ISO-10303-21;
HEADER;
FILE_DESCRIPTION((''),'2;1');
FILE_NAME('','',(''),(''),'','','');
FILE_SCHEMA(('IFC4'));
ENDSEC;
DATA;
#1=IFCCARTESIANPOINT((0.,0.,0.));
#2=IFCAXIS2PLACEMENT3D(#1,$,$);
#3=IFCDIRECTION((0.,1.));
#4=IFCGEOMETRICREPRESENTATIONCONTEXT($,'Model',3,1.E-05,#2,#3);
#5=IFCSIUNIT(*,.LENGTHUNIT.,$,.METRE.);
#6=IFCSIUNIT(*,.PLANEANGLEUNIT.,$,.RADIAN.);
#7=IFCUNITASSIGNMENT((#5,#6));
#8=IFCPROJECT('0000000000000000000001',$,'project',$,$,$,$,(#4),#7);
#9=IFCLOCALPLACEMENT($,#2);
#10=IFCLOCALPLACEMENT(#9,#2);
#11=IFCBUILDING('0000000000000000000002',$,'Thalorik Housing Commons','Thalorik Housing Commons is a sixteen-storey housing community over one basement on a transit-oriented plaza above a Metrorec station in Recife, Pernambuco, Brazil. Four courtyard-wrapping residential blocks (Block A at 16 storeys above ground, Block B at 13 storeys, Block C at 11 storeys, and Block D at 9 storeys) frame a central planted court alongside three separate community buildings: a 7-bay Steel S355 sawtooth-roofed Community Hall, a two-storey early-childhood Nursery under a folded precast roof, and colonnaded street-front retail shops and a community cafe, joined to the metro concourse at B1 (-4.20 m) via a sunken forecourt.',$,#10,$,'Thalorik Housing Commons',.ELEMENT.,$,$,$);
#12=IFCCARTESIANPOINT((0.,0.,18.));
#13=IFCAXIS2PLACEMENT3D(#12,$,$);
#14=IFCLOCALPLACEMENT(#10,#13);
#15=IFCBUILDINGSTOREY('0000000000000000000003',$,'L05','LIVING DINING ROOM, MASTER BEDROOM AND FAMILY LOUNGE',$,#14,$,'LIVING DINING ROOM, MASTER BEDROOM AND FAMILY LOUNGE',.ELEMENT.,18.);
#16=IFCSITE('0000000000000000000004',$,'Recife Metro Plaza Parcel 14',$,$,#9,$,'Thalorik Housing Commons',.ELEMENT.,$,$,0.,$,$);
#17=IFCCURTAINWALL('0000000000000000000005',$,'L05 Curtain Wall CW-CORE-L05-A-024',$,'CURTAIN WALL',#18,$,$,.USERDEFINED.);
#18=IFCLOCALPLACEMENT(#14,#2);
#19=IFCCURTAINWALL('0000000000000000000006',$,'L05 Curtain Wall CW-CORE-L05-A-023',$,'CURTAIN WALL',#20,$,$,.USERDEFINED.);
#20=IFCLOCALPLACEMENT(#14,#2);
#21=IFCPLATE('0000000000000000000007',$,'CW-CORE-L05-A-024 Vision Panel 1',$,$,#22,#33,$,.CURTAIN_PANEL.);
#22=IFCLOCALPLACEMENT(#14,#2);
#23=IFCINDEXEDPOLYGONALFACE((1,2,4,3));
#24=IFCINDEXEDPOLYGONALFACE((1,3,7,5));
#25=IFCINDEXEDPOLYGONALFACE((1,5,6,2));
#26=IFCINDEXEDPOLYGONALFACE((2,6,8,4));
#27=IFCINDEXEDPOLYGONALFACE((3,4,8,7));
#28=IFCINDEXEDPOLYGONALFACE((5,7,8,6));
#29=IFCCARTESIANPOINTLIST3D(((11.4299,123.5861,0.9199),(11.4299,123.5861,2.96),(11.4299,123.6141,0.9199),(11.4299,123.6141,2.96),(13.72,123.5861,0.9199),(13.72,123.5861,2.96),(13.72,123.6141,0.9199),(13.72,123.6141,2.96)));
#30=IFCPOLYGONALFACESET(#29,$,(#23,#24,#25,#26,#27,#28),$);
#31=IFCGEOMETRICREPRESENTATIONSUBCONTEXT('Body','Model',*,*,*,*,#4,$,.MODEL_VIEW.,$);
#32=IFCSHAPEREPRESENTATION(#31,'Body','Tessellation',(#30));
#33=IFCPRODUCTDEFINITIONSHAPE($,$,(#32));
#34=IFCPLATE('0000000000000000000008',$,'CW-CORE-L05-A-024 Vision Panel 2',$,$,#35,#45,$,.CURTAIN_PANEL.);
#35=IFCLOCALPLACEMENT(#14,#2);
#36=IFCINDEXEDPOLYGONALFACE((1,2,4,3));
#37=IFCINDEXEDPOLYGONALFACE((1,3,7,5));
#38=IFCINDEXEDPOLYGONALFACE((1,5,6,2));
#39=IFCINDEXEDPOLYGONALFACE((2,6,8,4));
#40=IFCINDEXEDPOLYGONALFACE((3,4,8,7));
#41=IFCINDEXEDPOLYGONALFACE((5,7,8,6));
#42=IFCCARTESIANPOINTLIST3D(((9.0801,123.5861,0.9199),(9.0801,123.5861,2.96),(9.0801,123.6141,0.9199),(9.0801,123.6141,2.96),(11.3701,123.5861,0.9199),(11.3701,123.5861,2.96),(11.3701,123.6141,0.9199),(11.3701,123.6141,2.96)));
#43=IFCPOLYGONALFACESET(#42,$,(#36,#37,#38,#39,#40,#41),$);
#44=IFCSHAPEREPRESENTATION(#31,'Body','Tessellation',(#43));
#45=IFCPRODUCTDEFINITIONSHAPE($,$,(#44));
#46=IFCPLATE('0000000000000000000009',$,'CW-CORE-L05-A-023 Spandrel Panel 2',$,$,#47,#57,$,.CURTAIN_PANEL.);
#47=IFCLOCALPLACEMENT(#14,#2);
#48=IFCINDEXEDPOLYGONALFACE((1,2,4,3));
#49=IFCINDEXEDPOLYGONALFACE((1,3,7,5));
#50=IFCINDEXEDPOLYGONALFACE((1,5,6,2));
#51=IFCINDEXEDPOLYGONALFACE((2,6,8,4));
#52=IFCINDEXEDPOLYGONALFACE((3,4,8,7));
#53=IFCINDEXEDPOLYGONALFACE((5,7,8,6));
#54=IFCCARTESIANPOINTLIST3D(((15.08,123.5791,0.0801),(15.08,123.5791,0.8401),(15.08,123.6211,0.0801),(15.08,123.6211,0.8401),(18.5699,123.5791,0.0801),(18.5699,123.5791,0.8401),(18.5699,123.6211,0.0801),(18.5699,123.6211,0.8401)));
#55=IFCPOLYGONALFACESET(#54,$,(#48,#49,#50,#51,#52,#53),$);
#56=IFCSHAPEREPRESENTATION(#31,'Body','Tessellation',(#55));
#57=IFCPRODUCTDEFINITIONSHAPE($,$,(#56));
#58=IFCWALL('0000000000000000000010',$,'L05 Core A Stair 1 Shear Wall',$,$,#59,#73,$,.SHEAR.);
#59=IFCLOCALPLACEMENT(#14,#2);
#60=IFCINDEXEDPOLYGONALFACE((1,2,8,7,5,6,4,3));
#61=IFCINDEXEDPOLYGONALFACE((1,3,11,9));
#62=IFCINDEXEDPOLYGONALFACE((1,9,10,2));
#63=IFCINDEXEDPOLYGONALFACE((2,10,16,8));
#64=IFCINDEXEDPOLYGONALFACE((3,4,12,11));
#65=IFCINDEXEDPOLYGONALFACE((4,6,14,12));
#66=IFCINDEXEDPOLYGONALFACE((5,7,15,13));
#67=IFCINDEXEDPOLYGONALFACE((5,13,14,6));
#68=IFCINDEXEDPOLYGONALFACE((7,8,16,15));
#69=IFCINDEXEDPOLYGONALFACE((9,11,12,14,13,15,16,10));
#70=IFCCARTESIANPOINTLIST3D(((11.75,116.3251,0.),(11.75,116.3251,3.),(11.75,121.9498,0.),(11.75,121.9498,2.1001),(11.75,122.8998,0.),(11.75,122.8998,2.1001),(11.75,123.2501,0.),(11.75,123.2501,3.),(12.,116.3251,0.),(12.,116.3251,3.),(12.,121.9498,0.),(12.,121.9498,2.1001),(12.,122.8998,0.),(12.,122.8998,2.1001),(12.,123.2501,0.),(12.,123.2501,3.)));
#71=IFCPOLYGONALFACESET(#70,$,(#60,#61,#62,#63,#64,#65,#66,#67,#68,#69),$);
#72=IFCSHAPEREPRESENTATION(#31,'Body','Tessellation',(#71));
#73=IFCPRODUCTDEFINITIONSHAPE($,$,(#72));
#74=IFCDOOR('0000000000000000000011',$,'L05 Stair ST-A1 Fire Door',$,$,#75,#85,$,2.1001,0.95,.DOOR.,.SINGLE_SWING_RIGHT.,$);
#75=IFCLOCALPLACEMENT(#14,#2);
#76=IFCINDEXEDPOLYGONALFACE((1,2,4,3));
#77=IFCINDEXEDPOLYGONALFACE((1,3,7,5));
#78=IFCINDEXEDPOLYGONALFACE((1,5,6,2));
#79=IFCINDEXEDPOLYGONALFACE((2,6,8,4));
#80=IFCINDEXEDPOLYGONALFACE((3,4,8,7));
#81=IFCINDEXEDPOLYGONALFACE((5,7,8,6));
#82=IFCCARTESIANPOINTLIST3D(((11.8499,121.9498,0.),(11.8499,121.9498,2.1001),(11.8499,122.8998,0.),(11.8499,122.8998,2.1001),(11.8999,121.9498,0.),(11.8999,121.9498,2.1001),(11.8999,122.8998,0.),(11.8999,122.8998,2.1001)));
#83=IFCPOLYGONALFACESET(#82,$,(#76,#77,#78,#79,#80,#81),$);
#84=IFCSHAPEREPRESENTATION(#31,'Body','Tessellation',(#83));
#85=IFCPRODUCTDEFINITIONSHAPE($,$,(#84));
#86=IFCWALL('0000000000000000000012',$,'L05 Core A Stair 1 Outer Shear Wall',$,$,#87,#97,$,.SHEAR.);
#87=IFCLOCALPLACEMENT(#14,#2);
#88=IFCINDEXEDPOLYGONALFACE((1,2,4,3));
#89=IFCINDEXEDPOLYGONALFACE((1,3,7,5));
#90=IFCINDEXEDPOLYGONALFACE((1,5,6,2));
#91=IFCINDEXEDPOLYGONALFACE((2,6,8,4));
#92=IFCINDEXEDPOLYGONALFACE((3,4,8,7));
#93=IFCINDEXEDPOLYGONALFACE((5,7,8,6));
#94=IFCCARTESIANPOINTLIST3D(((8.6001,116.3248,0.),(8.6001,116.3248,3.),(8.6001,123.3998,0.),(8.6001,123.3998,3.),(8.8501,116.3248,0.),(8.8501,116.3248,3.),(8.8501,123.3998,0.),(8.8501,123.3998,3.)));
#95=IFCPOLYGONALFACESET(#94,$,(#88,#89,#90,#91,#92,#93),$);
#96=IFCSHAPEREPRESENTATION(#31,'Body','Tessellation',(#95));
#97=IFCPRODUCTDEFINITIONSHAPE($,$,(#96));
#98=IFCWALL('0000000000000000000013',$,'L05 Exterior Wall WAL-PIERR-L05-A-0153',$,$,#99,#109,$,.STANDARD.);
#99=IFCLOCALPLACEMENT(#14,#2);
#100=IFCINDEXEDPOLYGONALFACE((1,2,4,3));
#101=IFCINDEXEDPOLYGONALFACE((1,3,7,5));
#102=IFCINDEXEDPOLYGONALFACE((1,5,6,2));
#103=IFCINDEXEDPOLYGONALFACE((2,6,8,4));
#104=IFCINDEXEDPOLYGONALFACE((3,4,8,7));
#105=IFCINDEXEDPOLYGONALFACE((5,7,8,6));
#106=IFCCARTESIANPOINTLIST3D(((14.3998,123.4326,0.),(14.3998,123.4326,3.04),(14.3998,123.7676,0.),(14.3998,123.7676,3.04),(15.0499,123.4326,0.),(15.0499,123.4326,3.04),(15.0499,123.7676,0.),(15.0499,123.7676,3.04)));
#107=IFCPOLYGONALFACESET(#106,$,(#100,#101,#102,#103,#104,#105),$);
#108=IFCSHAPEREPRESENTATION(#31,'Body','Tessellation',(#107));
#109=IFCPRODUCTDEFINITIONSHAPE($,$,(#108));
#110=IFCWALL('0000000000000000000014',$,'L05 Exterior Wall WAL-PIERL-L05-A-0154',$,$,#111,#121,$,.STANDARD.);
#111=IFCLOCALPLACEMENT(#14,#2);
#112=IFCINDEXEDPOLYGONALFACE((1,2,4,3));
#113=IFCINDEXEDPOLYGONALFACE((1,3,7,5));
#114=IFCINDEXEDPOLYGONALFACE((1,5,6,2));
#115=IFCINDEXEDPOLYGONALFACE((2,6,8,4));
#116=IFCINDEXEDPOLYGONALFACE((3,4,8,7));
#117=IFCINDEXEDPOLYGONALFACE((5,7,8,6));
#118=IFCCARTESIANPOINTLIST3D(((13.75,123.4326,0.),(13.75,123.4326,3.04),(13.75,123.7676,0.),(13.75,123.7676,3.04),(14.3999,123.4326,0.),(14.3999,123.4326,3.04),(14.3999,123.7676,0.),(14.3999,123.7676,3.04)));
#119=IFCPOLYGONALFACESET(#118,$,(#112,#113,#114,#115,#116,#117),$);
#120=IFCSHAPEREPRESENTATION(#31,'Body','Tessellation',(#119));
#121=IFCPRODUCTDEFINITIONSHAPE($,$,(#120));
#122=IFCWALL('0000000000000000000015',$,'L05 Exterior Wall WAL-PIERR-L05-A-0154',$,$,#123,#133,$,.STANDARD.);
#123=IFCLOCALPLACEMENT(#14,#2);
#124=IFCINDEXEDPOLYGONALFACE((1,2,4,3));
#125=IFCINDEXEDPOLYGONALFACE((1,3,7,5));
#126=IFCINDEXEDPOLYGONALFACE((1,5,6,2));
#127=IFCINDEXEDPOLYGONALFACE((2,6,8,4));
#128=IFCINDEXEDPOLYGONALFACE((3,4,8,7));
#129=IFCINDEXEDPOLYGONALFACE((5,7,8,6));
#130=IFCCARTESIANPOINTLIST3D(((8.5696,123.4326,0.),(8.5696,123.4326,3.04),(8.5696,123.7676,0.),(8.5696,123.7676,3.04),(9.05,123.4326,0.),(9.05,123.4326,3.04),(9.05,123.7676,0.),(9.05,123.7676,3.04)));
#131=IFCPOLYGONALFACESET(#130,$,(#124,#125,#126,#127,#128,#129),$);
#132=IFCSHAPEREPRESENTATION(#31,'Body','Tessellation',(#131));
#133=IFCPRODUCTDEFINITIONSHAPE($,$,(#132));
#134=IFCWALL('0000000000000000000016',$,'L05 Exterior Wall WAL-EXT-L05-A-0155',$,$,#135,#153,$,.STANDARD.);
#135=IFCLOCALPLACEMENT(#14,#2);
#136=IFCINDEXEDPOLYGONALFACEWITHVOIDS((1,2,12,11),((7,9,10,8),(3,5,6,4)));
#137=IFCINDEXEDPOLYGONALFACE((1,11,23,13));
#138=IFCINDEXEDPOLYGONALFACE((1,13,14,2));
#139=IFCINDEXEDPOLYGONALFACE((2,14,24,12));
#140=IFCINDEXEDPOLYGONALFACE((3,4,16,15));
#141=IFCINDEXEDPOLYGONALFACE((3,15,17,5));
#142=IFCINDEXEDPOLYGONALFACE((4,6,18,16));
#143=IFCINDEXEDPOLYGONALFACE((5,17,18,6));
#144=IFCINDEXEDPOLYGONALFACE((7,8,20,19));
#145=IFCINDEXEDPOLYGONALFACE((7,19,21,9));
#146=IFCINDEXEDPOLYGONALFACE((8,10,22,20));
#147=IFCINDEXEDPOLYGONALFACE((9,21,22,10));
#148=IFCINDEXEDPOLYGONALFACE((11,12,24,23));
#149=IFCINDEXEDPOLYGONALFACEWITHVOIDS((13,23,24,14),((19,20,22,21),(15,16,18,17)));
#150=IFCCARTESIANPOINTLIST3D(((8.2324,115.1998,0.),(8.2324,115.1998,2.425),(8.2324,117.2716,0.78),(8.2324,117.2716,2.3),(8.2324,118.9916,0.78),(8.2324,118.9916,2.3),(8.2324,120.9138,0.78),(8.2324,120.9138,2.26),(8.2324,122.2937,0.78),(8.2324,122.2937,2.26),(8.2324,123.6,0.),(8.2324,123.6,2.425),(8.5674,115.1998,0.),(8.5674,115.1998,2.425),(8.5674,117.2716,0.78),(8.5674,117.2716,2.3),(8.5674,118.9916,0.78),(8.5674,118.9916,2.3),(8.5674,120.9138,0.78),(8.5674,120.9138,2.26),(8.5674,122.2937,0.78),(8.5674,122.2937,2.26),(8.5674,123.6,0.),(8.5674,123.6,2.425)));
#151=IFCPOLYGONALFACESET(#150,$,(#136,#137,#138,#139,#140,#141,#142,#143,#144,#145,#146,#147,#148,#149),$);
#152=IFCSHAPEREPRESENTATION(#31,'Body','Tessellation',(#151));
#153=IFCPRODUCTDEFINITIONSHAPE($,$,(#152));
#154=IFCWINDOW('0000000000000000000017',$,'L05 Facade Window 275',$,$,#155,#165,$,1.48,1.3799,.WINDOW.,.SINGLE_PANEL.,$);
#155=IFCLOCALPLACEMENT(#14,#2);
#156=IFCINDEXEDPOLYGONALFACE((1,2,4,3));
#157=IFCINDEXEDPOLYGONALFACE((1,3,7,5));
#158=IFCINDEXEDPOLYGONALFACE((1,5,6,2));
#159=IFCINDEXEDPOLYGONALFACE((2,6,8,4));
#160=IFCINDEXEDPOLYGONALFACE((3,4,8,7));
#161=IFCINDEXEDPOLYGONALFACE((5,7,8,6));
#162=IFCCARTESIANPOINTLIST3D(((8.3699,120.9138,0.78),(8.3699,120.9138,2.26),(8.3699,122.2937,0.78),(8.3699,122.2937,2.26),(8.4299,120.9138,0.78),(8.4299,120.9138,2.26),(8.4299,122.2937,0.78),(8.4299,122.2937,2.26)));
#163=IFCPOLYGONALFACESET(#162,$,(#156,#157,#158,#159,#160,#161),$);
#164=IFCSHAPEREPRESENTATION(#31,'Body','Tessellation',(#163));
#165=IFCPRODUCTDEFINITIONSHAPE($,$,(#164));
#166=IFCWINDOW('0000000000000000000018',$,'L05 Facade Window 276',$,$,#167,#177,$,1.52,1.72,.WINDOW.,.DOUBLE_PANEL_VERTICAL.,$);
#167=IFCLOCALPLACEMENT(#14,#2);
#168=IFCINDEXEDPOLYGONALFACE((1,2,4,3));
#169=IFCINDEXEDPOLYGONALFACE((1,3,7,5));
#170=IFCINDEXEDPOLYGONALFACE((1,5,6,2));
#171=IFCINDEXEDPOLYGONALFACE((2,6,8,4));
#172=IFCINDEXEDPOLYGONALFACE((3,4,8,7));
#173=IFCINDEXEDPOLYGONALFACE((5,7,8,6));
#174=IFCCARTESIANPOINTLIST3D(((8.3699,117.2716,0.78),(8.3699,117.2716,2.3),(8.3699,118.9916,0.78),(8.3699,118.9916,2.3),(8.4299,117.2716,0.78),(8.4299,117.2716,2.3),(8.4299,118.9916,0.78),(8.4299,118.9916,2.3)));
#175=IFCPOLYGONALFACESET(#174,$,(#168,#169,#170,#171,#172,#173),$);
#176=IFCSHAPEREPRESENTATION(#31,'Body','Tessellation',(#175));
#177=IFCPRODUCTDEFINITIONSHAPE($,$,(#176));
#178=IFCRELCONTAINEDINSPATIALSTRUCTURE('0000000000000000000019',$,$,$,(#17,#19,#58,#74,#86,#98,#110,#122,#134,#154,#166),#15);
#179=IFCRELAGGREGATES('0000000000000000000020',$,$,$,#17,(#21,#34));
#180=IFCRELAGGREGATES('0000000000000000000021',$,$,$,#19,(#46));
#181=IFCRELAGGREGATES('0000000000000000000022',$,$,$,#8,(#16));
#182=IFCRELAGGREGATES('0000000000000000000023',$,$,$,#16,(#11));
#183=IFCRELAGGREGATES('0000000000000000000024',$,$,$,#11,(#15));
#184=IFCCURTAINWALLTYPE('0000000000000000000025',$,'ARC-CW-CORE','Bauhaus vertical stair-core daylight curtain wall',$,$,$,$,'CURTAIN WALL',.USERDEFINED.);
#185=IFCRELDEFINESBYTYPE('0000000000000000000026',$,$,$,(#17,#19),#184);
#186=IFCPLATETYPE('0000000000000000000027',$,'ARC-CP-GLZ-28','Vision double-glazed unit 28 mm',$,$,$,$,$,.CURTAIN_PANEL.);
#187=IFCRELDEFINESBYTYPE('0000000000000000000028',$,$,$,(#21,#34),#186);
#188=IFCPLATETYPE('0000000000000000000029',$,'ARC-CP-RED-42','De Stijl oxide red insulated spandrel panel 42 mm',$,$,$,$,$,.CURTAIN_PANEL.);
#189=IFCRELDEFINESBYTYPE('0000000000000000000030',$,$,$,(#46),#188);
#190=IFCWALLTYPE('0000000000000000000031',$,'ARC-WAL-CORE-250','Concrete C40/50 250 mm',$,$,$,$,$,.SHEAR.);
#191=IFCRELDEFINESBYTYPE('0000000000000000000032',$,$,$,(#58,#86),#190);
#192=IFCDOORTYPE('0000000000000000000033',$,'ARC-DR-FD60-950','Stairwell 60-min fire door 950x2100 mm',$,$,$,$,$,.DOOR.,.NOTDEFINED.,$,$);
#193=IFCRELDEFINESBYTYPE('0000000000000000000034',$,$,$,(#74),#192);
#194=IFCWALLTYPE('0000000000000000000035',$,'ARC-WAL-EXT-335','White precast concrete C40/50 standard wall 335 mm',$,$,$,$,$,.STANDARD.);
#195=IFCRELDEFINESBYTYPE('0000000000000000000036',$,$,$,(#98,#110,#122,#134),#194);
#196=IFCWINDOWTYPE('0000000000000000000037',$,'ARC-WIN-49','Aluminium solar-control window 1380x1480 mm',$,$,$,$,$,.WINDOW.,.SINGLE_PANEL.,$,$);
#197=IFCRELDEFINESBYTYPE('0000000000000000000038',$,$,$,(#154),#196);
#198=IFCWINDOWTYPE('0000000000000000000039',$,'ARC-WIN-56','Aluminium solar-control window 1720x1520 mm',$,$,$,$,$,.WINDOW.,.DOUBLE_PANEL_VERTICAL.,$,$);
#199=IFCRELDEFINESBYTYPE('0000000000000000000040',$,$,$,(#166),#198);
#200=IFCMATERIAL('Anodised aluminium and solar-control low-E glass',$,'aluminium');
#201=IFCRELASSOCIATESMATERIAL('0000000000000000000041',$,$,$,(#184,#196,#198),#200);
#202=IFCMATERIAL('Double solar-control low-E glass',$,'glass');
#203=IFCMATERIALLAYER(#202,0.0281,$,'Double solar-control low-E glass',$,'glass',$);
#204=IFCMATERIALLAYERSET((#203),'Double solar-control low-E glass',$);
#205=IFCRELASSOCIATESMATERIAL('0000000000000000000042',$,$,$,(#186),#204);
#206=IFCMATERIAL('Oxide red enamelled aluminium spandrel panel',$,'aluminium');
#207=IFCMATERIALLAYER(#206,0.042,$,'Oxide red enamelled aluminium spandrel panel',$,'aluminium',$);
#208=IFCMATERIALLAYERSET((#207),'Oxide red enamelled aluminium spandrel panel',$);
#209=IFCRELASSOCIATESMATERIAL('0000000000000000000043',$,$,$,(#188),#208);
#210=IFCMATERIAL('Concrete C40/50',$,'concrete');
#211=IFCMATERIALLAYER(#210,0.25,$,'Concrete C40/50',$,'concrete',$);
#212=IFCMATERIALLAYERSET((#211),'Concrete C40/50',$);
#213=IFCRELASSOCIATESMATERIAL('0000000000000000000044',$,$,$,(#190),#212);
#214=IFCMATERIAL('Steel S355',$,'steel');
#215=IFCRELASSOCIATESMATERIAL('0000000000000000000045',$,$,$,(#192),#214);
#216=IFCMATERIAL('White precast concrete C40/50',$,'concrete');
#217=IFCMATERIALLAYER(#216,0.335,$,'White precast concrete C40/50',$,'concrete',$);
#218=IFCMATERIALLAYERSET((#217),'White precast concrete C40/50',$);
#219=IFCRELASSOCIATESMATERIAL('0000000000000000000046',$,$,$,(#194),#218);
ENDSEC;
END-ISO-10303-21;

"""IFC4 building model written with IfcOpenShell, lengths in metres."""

from ifc_helpers import new_model, si_unit, direction, frame, frame_2d, origin, origin_2d, place, context, subcontext, project, spatial, rectangle, extrude, material, layer, layer_set, type_object, element, fill, aggregate, save


model = new_model("IFC4")

# Units and contexts
model_context = context("Model", 3, precision=1e-05, world=origin(), true_north=direction((0.0, 1.0)))
body_context = subcontext(model_context, "Body", "Model", "MODEL_VIEW")
ifc_project = project(units=[si_unit("LENGTHUNIT", "METRE"), si_unit("PLANEANGLEUNIT", "RADIAN")], contexts=[model_context])

# Site, building, storey
site_placement = place(None, origin())
site = spatial("IfcSite", under=ifc_project, at=site_placement, Name="Recife Metro Plaza Parcel 14", LongName="Thalorik Housing Commons", CompositionType="ELEMENT", RefElevation=0.0)
building_placement = place(site_placement, origin())
building = spatial("IfcBuilding", under=site, at=building_placement, Name="Thalorik Housing Commons", Description="Thalorik Housing Commons is a sixteen-storey housing community over one basement on a transit-oriented plaza above a Metrorec station in Recife, Pernambuco, Brazil. Four courtyard-wrapping residential blocks (Block A at 16 storeys above ground, Block B at 13 storeys, Block C at 11 storeys, and Block D at 9 storeys) frame a central planted court alongside three separate community buildings: a 7-bay Steel S355 sawtooth-roofed Community Hall, a two-storey early-childhood Nursery under a folded precast roof, and colonnaded street-front retail shops and a community cafe, joined to the metro concourse at B1 (-4.20 m) via a sunken forecourt.", LongName="Thalorik Housing Commons", CompositionType="ELEMENT")
storey_placement = place(building_placement, frame((0.0, 0.0, 18.0)))
storey = spatial("IfcBuildingStorey", under=building, at=storey_placement, Name="L05", Description="LIVING DINING ROOM, MASTER BEDROOM AND FAMILY LOUNGE", LongName="LIVING DINING ROOM, MASTER BEDROOM AND FAMILY LOUNGE", CompositionType="ELEMENT", Elevation=18.0)

# Curtain wall
ifc_material_1 = material(Name="Anodised aluminium and solar-control low-E glass", Category="aluminium")
curtain_wall_type = type_object("IfcCurtainWallType", Name="ARC-CW-CORE", Description="Bauhaus vertical stair-core daylight curtain wall", ElementType="CURTAIN WALL", PredefinedType="USERDEFINED", material=ifc_material_1)
curtain_wall_1_placement = place(storey_placement, origin())
curtain_wall_1 = element("IfcCurtainWall", 1, at=curtain_wall_1_placement, inside=storey, type_object=curtain_wall_type, Name="L05 Curtain Wall CW-CORE-L05-A-024", ObjectType="CURTAIN WALL", PredefinedType="USERDEFINED")

# Curtain wall
curtain_wall_2_placement = place(storey_placement, origin())
curtain_wall_2 = element("IfcCurtainWall", 2, at=curtain_wall_2_placement, inside=storey, type_object=curtain_wall_type, Name="L05 Curtain Wall CW-CORE-L05-A-023", ObjectType="CURTAIN WALL", PredefinedType="USERDEFINED")

# Plates
ifc_material_2 = material(Name="Double solar-control low-E glass", Category="glass")
ifc_layer_1 = layer(ifc_material_2, 0.0281, Name="Double solar-control low-E glass", Category="glass")
ifc_layer_set_1 = layer_set([ifc_layer_1], Name="Double solar-control low-E glass")
plate_type_1 = type_object("IfcPlateType", Name="ARC-CP-GLZ-28", Description="Vision double-glazed unit 28 mm", PredefinedType="CURTAIN_PANEL", material=ifc_layer_set_1)
plate_1_placement = place(storey_placement, frame((12.575, 123.6001, 0.9199), z_axis=(0.0, 0.0, 1.0), x_axis=(-1.0, 0.0, 0.0)))
plate_1 = element("IfcPlate", 3, at=plate_1_placement, type_object=plate_type_1, Name="CW-CORE-L05-A-024 Vision Panel 1", PredefinedType="CURTAIN_PANEL", context=body_context, shape_type="SweptSolid", body=[
    extrude(rectangle(XDim=2.29, YDim=0.0281, at=origin_2d()), origin(), (0.0, 0.0, 1.0), 2.04),
])
plate_2_placement = place(storey_placement, frame((10.2251, 123.6001, 0.9199), z_axis=(0.0, 0.0, 1.0), x_axis=(-1.0, 0.0, 0.0)))
plate_2 = element("IfcPlate", 4, at=plate_2_placement, type_object=plate_type_1, Name="CW-CORE-L05-A-024 Vision Panel 2", PredefinedType="CURTAIN_PANEL", context=body_context, shape_type="SweptSolid", body=[
    extrude(rectangle(XDim=2.29, YDim=0.0281, at=origin_2d()), origin(), (0.0, 0.0, 1.0), 2.04),
])
aggregate(curtain_wall_1, [plate_1, plate_2])
ifc_material_3 = material(Name="Oxide red enamelled aluminium spandrel panel", Category="aluminium")
ifc_layer_2 = layer(ifc_material_3, 0.042, Name="Oxide red enamelled aluminium spandrel panel", Category="aluminium")
ifc_layer_set_2 = layer_set([ifc_layer_2], Name="Oxide red enamelled aluminium spandrel panel")
plate_type_2 = type_object("IfcPlateType", Name="ARC-CP-RED-42", Description="De Stijl oxide red insulated spandrel panel 42 mm", PredefinedType="CURTAIN_PANEL", material=ifc_layer_set_2)
plate_3_placement = place(storey_placement, frame((16.825, 123.6001, 0.0801), z_axis=(0.0, 0.0, 1.0), x_axis=(-1.0, 0.0, 0.0)))
plate_3 = element("IfcPlate", 5, at=plate_3_placement, type_object=plate_type_2, Name="CW-CORE-L05-A-023 Spandrel Panel 2", PredefinedType="CURTAIN_PANEL", context=body_context, shape_type="SweptSolid", body=[
    extrude(rectangle(XDim=3.49, YDim=0.042, at=origin_2d()), origin(), (0.0, 0.0, 1.0), 0.76),
])
aggregate(curtain_wall_2, [plate_3])

# Wall, opening, door
ifc_material_4 = material(Name="Concrete C40/50", Category="concrete")
ifc_layer_3 = layer(ifc_material_4, 0.25, Name="Concrete C40/50", Category="concrete")
ifc_layer_set_3 = layer_set([ifc_layer_3], Name="Concrete C40/50")
wall_type_1 = type_object("IfcWallType", Name="ARC-WAL-CORE-250", Description="Concrete C40/50 250 mm", PredefinedType="SHEAR", material=ifc_layer_set_3)
wall_1_placement = place(storey_placement, frame((11.875, 123.25, 0.0), z_axis=(0.0, 0.0, 1.0), x_axis=(0.0, -1.0, 0.0)))
wall_1 = element("IfcWall", 6, at=wall_1_placement, inside=storey, type_object=wall_type_1, Name="L05 Core A Stair 1 Shear Wall", PredefinedType="SHEAR", context=body_context, shape_type="SweptSolid", body=[
    extrude(rectangle(XDim=6.925, YDim=0.25, at=frame_2d((3.4624, 0.0))), origin(), (0.0, 0.0, 1.0), 3.0),
])
opening_1_placement = place(wall_1_placement, frame((0.3501, 0.0, 0.0)))
opening_1 = element("IfcOpeningElement", 7, at=opening_1_placement, cuts=wall_1, PredefinedType="OPENING", context=body_context, shape_type="SweptSolid", body=[
    extrude(rectangle(XDim=0.95, YDim=2.1001, at=frame_2d((0.4751, 1.05))), frame((0.0, 0.135, 0.0), z_axis=(0.0, -1.0, 0.0), x_axis=(1.0, 0.0, 0.0)), (0.0, 0.0, 1.0), 0.27),
])
ifc_material_5 = material(Name="Steel S355", Category="steel")
door_type = type_object("IfcDoorType", Name="ARC-DR-FD60-950", Description="Stairwell 60-min fire door 950x2100 mm", OperationType="NOTDEFINED", PredefinedType="DOOR", material=ifc_material_5)
door_placement = place(opening_1_placement, origin())
door = element("IfcDoor", 8, at=door_placement, inside=storey, type_object=door_type, Name="L05 Stair ST-A1 Fire Door", OperationType="SINGLE_SWING_RIGHT", OverallHeight=2.1001, OverallWidth=0.95, PredefinedType="DOOR", context=body_context, shape_type="SweptSolid", body=[
    extrude(rectangle(XDim=0.95, YDim=2.1001, at=frame_2d((0.4751, 1.05))), frame((0.0, 0.0249, 0.0), z_axis=(0.0, -1.0, 0.0), x_axis=(1.0, 0.0, 0.0)), (0.0, 0.0, 1.0), 0.05),
])
fill(opening_1, door)

# Walls
wall_2_placement = place(storey_placement, frame((8.7251, 123.3999, 0.0), z_axis=(0.0, 0.0, 1.0), x_axis=(0.0, -1.0, 0.0)))
element("IfcWall", 9, at=wall_2_placement, inside=storey, type_object=wall_type_1, Name="L05 Core A Stair 1 Outer Shear Wall", PredefinedType="SHEAR", context=body_context, shape_type="SweptSolid", body=[
    extrude(rectangle(XDim=7.075, YDim=0.25, at=frame_2d((3.5376, 0.0))), origin(), (0.0, 0.0, 1.0), 3.0),
])
ifc_material_6 = material(Name="White precast concrete C40/50", Category="concrete")
ifc_layer_4 = layer(ifc_material_6, 0.335, Name="White precast concrete C40/50", Category="concrete")
ifc_layer_set_4 = layer_set([ifc_layer_4], Name="White precast concrete C40/50")
wall_type_2 = type_object("IfcWallType", Name="ARC-WAL-EXT-335", Description="White precast concrete C40/50 standard wall 335 mm", PredefinedType="STANDARD", material=ifc_layer_set_4)
wall_3_placement = place(storey_placement, frame((15.05, 123.6001, 0.0), z_axis=(0.0, 0.0, 1.0), x_axis=(-1.0, 0.0, 0.0)))
element("IfcWall", 10, at=wall_3_placement, inside=storey, type_object=wall_type_2, Name="L05 Exterior Wall WAL-PIERR-L05-A-0153", PredefinedType="STANDARD", context=body_context, shape_type="SweptSolid", body=[
    extrude(rectangle(XDim=0.6501, YDim=0.335, at=frame_2d((0.3252, 0.0))), origin(), (0.0, 0.0, 1.0), 3.04),
])
wall_4_placement = place(storey_placement, frame((14.3999, 123.6001, 0.0), z_axis=(0.0, 0.0, 1.0), x_axis=(-1.0, 0.0, 0.0)))
element("IfcWall", 11, at=wall_4_placement, inside=storey, type_object=wall_type_2, Name="L05 Exterior Wall WAL-PIERL-L05-A-0154", PredefinedType="STANDARD", context=body_context, shape_type="SweptSolid", body=[
    extrude(rectangle(XDim=0.6499, YDim=0.335, at=frame_2d((0.325, 0.0))), origin(), (0.0, 0.0, 1.0), 3.04),
])
wall_5_placement = place(storey_placement, frame((9.05, 123.6001, 0.0), z_axis=(0.0, 0.0, 1.0), x_axis=(-1.0, 0.0, 0.0)))
element("IfcWall", 12, at=wall_5_placement, inside=storey, type_object=wall_type_2, Name="L05 Exterior Wall WAL-PIERR-L05-A-0154", PredefinedType="STANDARD", context=body_context, shape_type="SweptSolid", body=[
    extrude(rectangle(XDim=0.4805, YDim=0.335, at=frame_2d((0.2402, 0.0))), origin(), (0.0, 0.0, 1.0), 3.04),
])

# Wall, openings, windows
wall_6_placement = place(storey_placement, frame((8.3999, 123.6001, 0.0), z_axis=(0.0, 0.0, 1.0), x_axis=(0.0, -1.0, 0.0)))
wall_6 = element("IfcWall", 13, at=wall_6_placement, inside=storey, type_object=wall_type_2, Name="L05 Exterior Wall WAL-EXT-L05-A-0155", PredefinedType="STANDARD", context=body_context, shape_type="SweptSolid", body=[
    extrude(rectangle(XDim=8.4001, YDim=0.335, at=frame_2d((4.2002, 0.0))), origin(), (0.0, 0.0, 1.0), 2.425),
])
opening_2_placement = place(wall_6_placement, frame((1.3064, 0.0, 0.78)))
opening_2 = element("IfcOpeningElement", 14, at=opening_2_placement, cuts=wall_6, PredefinedType="OPENING", context=body_context, shape_type="SweptSolid", body=[
    extrude(rectangle(XDim=1.3799, YDim=1.48, at=frame_2d((0.6899, 0.74))), frame((0.0, 0.1775, 0.0), z_axis=(0.0, -1.0, 0.0), x_axis=(1.0, 0.0, 0.0)), (0.0, 0.0, 1.0), 0.355),
])
opening_3_placement = place(wall_6_placement, frame((4.6086, 0.0, 0.78)))
opening_3 = element("IfcOpeningElement", 15, at=opening_3_placement, cuts=wall_6, PredefinedType="OPENING", context=body_context, shape_type="SweptSolid", body=[
    extrude(rectangle(XDim=1.72, YDim=1.52, at=frame_2d((0.8599, 0.76))), frame((0.0, 0.1775, 0.0), z_axis=(0.0, -1.0, 0.0), x_axis=(1.0, 0.0, 0.0)), (0.0, 0.0, 1.0), 0.355),
])
window_type_1 = type_object("IfcWindowType", Name="ARC-WIN-49", Description="Aluminium solar-control window 1380x1480 mm", PartitioningType="SINGLE_PANEL", PredefinedType="WINDOW", material=ifc_material_1)
window_1_placement = place(opening_2_placement, origin())
window_1 = element("IfcWindow", 16, at=window_1_placement, inside=storey, type_object=window_type_1, Name="L05 Facade Window 275", OverallHeight=1.48, OverallWidth=1.3799, PartitioningType="SINGLE_PANEL", PredefinedType="WINDOW", context=body_context, shape_type="SweptSolid", body=[
    extrude(rectangle(XDim=1.3799, YDim=1.48, at=frame_2d((0.6899, 0.74))), frame((0.0, 0.03, 0.0), z_axis=(0.0, -1.0, 0.0), x_axis=(1.0, 0.0, 0.0)), (0.0, 0.0, 1.0), 0.0601),
])
fill(opening_2, window_1)
window_type_2 = type_object("IfcWindowType", Name="ARC-WIN-56", Description="Aluminium solar-control window 1720x1520 mm", PartitioningType="DOUBLE_PANEL_VERTICAL", PredefinedType="WINDOW", material=ifc_material_1)
window_2_placement = place(opening_3_placement, origin())
window_2 = element("IfcWindow", 17, at=window_2_placement, inside=storey, type_object=window_type_2, Name="L05 Facade Window 276", OverallHeight=1.52, OverallWidth=1.72, PartitioningType="DOUBLE_PANEL_VERTICAL", PredefinedType="WINDOW", context=body_context, shape_type="SweptSolid", body=[
    extrude(rectangle(XDim=1.72, YDim=1.52, at=frame_2d((0.8599, 0.76))), frame((0.0, 0.03, 0.0), z_axis=(0.0, -1.0, 0.0), x_axis=(1.0, 0.0, 0.0)), (0.0, 0.0, 1.0), 0.0601),
])
fill(opening_3, window_2)

save(model, "model.ifc")
